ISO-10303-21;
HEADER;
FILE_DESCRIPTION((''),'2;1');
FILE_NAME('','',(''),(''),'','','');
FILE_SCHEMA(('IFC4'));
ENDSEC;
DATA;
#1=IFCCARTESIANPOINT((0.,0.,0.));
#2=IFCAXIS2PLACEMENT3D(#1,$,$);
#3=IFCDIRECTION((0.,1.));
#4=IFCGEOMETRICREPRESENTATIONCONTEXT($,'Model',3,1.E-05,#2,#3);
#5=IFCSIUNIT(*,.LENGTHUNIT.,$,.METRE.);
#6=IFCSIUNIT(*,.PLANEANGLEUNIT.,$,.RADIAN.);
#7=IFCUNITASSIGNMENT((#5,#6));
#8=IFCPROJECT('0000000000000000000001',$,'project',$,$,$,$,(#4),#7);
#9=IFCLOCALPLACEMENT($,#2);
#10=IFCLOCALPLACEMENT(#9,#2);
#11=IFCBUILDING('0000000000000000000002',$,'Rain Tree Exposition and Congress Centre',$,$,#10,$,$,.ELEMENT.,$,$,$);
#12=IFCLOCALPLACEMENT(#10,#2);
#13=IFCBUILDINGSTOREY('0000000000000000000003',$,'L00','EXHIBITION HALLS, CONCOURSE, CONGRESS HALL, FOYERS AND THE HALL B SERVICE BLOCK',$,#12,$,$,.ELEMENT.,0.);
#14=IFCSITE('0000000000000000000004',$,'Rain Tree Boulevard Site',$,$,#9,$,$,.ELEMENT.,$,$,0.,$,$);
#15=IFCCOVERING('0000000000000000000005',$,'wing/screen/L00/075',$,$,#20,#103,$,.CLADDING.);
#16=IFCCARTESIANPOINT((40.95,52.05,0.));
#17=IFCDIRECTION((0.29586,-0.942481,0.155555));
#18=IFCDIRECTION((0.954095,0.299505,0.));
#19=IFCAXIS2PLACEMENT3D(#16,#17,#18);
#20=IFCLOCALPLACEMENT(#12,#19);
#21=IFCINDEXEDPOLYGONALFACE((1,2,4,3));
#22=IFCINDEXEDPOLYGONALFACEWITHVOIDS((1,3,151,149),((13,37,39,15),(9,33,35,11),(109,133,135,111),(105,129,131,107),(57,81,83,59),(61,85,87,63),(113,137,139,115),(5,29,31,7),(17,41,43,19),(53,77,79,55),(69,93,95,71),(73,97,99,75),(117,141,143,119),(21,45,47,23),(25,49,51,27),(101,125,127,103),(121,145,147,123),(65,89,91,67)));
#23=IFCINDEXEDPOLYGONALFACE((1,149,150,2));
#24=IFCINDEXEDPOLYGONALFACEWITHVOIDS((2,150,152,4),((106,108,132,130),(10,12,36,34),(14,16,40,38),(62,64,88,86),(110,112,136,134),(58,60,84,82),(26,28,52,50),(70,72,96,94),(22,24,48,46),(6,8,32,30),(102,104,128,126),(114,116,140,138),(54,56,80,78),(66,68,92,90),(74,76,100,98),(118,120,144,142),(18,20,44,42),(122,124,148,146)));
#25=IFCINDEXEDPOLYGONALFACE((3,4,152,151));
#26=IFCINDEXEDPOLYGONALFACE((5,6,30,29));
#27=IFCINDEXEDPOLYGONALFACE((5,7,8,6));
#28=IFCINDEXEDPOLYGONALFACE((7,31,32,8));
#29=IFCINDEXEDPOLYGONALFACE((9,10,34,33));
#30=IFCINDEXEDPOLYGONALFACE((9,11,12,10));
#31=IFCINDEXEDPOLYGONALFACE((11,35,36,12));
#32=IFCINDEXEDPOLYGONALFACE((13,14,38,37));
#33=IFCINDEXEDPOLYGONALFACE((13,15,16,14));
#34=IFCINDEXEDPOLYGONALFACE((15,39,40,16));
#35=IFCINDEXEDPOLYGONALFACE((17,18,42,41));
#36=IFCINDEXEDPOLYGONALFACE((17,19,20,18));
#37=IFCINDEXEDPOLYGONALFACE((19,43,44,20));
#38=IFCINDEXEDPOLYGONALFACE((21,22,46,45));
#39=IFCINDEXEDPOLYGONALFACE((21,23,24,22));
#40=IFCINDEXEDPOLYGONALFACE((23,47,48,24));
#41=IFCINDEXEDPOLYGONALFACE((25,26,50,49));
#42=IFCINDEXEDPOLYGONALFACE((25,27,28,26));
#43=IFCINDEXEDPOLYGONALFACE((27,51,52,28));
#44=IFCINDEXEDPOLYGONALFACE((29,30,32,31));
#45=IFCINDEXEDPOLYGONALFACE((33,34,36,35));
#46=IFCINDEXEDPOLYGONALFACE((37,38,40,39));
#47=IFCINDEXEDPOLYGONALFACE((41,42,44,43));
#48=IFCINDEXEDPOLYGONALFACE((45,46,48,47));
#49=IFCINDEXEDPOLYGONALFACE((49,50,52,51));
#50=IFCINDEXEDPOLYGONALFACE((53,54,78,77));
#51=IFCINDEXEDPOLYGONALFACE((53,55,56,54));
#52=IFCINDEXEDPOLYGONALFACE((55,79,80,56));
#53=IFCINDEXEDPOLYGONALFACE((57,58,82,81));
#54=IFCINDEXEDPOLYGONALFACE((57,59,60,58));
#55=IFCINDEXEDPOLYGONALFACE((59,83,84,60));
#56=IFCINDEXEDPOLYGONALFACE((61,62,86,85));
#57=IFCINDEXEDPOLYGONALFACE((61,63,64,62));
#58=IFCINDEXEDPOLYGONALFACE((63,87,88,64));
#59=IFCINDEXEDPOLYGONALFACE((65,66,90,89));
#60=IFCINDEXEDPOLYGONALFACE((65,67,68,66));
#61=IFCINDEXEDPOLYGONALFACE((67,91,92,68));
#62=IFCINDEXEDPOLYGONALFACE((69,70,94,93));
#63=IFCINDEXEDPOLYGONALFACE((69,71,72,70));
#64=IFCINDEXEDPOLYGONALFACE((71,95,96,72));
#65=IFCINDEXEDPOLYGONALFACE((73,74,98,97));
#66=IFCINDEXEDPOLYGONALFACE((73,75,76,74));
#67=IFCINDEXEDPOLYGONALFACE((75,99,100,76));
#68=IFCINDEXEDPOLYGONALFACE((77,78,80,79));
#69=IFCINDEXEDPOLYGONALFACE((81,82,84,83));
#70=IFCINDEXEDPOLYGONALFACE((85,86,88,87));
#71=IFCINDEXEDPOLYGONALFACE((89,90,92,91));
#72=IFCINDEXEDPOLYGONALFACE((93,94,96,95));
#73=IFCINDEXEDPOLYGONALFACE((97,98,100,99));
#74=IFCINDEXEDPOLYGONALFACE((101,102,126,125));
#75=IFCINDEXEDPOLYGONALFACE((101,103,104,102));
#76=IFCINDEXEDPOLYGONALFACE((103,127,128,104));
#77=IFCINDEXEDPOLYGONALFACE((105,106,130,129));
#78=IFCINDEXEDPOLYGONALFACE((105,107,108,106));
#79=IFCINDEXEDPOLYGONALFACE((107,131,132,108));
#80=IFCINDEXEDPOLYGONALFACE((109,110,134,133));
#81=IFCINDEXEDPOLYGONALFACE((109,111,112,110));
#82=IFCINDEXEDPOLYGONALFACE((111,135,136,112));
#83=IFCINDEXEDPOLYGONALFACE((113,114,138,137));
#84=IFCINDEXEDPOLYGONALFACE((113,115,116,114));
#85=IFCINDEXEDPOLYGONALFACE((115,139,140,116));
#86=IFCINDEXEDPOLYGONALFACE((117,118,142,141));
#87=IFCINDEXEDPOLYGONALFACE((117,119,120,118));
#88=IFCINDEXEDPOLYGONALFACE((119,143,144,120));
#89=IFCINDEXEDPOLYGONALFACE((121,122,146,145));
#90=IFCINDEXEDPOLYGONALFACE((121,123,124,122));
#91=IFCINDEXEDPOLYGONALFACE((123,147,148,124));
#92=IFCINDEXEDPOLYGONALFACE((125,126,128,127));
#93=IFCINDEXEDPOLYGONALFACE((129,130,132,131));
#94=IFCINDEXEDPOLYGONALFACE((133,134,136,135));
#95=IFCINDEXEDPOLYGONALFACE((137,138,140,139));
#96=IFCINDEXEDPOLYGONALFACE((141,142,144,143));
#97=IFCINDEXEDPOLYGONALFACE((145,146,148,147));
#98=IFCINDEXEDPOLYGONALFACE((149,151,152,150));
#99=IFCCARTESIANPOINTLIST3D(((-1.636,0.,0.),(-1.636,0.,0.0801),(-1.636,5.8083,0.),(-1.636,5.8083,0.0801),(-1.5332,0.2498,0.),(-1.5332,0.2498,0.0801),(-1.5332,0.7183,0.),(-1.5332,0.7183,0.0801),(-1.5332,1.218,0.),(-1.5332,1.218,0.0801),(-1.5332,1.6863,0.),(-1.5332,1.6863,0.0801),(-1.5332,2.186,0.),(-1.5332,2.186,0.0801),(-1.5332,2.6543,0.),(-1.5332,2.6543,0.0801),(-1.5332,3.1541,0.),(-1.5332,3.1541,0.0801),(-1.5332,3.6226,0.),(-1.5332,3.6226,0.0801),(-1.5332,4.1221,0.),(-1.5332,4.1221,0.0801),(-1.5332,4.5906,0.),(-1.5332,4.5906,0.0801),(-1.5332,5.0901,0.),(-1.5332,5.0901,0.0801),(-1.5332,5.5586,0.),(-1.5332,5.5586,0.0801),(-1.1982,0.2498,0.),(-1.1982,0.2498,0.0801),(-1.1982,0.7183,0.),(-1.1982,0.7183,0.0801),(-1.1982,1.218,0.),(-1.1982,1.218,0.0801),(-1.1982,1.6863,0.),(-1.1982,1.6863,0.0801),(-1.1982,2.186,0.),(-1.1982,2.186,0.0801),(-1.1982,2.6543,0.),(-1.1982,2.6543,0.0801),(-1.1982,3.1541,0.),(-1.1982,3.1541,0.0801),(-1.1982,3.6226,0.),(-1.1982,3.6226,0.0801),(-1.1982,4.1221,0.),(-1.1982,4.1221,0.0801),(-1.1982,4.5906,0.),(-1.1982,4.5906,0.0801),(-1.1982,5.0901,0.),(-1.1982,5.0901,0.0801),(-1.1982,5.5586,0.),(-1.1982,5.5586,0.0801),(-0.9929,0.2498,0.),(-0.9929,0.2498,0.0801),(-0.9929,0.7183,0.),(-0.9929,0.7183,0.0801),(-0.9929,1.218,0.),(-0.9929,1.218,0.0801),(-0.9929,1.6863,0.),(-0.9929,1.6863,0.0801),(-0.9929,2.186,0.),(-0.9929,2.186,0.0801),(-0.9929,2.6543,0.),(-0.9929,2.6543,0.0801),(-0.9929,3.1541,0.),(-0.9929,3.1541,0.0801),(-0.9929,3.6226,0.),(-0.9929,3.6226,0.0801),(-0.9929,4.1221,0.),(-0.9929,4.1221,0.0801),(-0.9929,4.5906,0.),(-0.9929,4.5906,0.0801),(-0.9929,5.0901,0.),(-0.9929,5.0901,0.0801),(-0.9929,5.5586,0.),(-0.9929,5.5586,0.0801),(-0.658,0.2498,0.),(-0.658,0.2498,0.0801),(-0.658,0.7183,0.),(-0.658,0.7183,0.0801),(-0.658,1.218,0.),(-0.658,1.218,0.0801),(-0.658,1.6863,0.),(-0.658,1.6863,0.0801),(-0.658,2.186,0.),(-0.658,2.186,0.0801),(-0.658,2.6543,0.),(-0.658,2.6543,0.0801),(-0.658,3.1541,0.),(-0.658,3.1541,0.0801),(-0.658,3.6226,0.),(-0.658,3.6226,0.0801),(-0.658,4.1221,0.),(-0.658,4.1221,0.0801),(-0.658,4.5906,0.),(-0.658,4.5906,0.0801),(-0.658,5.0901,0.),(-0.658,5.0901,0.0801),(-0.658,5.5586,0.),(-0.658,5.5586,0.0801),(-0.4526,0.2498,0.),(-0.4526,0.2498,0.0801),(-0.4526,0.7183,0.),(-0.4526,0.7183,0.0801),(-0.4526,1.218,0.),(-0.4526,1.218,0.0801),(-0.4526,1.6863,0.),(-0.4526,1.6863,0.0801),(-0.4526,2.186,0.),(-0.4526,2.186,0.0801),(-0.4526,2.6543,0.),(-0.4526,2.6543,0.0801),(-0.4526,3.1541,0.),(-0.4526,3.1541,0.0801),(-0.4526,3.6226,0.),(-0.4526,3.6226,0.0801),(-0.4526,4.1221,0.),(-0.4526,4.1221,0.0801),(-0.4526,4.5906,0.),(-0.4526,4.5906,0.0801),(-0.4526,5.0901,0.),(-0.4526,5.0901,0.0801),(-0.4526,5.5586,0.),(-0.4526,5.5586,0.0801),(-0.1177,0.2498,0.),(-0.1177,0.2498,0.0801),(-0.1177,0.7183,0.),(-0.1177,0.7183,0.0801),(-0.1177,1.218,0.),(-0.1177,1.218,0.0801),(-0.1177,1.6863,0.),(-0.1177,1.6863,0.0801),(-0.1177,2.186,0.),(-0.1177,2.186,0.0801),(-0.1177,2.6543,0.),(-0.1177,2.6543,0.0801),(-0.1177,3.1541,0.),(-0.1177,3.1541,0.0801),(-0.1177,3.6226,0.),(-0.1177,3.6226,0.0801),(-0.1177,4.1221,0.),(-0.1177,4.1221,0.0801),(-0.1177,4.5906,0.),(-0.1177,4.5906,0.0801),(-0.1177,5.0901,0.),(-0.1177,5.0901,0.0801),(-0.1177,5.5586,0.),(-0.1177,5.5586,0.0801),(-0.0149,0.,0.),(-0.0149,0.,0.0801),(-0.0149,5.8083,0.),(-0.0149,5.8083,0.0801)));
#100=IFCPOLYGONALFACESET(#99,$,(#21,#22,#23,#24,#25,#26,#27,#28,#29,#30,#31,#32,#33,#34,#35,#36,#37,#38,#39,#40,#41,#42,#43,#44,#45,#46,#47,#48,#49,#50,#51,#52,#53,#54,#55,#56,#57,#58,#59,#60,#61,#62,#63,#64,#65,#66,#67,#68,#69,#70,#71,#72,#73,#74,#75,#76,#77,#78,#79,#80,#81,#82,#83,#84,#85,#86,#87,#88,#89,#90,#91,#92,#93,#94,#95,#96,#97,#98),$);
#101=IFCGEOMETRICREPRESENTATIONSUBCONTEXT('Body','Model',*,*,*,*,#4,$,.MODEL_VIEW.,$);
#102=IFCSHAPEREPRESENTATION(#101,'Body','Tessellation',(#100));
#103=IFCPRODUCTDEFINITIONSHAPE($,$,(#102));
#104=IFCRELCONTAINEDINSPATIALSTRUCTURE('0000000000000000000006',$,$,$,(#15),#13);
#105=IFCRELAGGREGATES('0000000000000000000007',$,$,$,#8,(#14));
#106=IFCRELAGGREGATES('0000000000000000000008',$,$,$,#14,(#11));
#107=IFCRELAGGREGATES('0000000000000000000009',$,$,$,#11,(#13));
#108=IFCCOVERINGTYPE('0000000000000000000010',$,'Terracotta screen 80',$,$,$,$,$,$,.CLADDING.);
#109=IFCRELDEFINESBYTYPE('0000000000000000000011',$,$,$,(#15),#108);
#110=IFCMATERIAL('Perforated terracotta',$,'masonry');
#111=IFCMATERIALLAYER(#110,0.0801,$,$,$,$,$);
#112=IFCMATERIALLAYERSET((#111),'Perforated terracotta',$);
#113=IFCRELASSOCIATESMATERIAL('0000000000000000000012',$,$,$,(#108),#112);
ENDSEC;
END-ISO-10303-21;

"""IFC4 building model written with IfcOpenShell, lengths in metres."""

from ifc_helpers import new_model, si_unit, direction, frame, origin, place, context, subcontext, project, spatial, polyline, outline, extrude, material, layer, layer_set, type_object, element, save


model = new_model("IFC4")

# Units and contexts
model_context = context("Model", 3, precision=1e-05, world=origin(), true_north=direction((0.0, 1.0)))
body_context = subcontext(model_context, "Body", "Model", "MODEL_VIEW")
ifc_project = project(units=[si_unit("LENGTHUNIT", "METRE"), si_unit("PLANEANGLEUNIT", "RADIAN")], contexts=[model_context])

# Site, building, storey
site_placement = place(None, origin())
site = spatial("IfcSite", under=ifc_project, at=site_placement, Name="Rain Tree Boulevard Site", CompositionType="ELEMENT", RefElevation=0.0)
building_placement = place(site_placement, origin())
building = spatial("IfcBuilding", under=site, at=building_placement, Name="Rain Tree Exposition and Congress Centre", CompositionType="ELEMENT")
storey_placement = place(building_placement, origin())
storey = spatial("IfcBuildingStorey", under=building, at=storey_placement, Name="L00", Description="EXHIBITION HALLS, CONCOURSE, CONGRESS HALL, FOYERS AND THE HALL B SERVICE BLOCK", CompositionType="ELEMENT", Elevation=0.0)

# Covering
ifc_material_1 = material(Name="Perforated terracotta", Category="masonry")
ifc_layer_1 = layer(ifc_material_1, 0.0801)
ifc_layer_set_1 = layer_set([ifc_layer_1], Name="Perforated terracotta")
covering_type = type_object("IfcCoveringType", Name="Terracotta screen 80", PredefinedType="CLADDING", material=ifc_layer_set_1)
covering_1_placement = place(storey_placement, frame((40.95, 52.05, 0.0), z_axis=(0.29586, -0.942481, 0.155555), x_axis=(0.954095, 0.299505, 0.0)))
element("IfcCovering", 1, at=covering_1_placement, inside=storey, type_object=covering_type, Name="wing/screen/L00/075", PredefinedType="CLADDING", context=body_context, shape_type="SweptSolid", body=[
    extrude(outline(polyline([(-0.0149, 5.8083), (-0.0149, 0.0), (-1.636, 0.0), (-1.636, 5.8083), (-0.0149, 5.8083)]), holes=[polyline([(-0.1177, 0.2498), (-0.1177, 0.7183), (-0.4526, 0.7183), (-0.4526, 0.2498), (-0.1177, 0.2498)]), polyline([(-0.1177, 1.218), (-0.1177, 1.6863), (-0.4526, 1.6863), (-0.4526, 1.218), (-0.1177, 1.218)]), polyline([(-0.1177, 2.186), (-0.1177, 2.6543), (-0.4526, 2.6543), (-0.4526, 2.186), (-0.1177, 2.186)]), polyline([(-0.1177, 3.1541), (-0.1177, 3.6226), (-0.4526, 3.6226), (-0.4526, 3.1541), (-0.1177, 3.1541)]), polyline([(-0.1177, 4.1221), (-0.1177, 4.5906), (-0.4526, 4.5906), (-0.4526, 4.1221), (-0.1177, 4.1221)]), polyline([(-0.1177, 5.0901), (-0.1177, 5.5586), (-0.4526, 5.5586), (-0.4526, 5.0901), (-0.1177, 5.0901)]), polyline([(-0.658, 0.2498), (-0.658, 0.7183), (-0.9929, 0.7183), (-0.9929, 0.2498), (-0.658, 0.2498)]), polyline([(-0.658, 1.218), (-0.658, 1.6863), (-0.9929, 1.6863), (-0.9929, 1.218), (-0.658, 1.218)]), polyline([(-0.658, 2.186), (-0.658, 2.6543), (-0.9929, 2.6543), (-0.9929, 2.186), (-0.658, 2.186)]), polyline([(-0.658, 3.1541), (-0.658, 3.6226), (-0.9929, 3.6226), (-0.9929, 3.1541), (-0.658, 3.1541)]), polyline([(-0.658, 4.1221), (-0.658, 4.5906), (-0.9929, 4.5906), (-0.9929, 4.1221), (-0.658, 4.1221)]), polyline([(-0.658, 5.0901), (-0.658, 5.5586), (-0.9929, 5.5586), (-0.9929, 5.0901), (-0.658, 5.0901)]), polyline([(-1.1982, 0.2498), (-1.1982, 0.7183), (-1.5332, 0.7183), (-1.5332, 0.2498), (-1.1982, 0.2498)]), polyline([(-1.1982, 1.218), (-1.1982, 1.6863), (-1.5332, 1.6863), (-1.5332, 1.218), (-1.1982, 1.218)]), polyline([(-1.1982, 2.186), (-1.1982, 2.6543), (-1.5332, 2.6543), (-1.5332, 2.186), (-1.1982, 2.186)]), polyline([(-1.1982, 3.1541), (-1.1982, 3.6226), (-1.5332, 3.6226), (-1.5332, 3.1541), (-1.1982, 3.1541)]), polyline([(-1.1982, 4.1221), (-1.1982, 4.5906), (-1.5332, 4.5906), (-1.5332, 4.1221), (-1.1982, 4.1221)]), polyline([(-1.1982, 5.0901), (-1.1982, 5.5586), (-1.5332, 5.5586), (-1.5332, 5.0901), (-1.1982, 5.0901)])]), origin(), (0.0, 0.0, 1.0), 0.0801),
])

save(model, "model.ifc")
